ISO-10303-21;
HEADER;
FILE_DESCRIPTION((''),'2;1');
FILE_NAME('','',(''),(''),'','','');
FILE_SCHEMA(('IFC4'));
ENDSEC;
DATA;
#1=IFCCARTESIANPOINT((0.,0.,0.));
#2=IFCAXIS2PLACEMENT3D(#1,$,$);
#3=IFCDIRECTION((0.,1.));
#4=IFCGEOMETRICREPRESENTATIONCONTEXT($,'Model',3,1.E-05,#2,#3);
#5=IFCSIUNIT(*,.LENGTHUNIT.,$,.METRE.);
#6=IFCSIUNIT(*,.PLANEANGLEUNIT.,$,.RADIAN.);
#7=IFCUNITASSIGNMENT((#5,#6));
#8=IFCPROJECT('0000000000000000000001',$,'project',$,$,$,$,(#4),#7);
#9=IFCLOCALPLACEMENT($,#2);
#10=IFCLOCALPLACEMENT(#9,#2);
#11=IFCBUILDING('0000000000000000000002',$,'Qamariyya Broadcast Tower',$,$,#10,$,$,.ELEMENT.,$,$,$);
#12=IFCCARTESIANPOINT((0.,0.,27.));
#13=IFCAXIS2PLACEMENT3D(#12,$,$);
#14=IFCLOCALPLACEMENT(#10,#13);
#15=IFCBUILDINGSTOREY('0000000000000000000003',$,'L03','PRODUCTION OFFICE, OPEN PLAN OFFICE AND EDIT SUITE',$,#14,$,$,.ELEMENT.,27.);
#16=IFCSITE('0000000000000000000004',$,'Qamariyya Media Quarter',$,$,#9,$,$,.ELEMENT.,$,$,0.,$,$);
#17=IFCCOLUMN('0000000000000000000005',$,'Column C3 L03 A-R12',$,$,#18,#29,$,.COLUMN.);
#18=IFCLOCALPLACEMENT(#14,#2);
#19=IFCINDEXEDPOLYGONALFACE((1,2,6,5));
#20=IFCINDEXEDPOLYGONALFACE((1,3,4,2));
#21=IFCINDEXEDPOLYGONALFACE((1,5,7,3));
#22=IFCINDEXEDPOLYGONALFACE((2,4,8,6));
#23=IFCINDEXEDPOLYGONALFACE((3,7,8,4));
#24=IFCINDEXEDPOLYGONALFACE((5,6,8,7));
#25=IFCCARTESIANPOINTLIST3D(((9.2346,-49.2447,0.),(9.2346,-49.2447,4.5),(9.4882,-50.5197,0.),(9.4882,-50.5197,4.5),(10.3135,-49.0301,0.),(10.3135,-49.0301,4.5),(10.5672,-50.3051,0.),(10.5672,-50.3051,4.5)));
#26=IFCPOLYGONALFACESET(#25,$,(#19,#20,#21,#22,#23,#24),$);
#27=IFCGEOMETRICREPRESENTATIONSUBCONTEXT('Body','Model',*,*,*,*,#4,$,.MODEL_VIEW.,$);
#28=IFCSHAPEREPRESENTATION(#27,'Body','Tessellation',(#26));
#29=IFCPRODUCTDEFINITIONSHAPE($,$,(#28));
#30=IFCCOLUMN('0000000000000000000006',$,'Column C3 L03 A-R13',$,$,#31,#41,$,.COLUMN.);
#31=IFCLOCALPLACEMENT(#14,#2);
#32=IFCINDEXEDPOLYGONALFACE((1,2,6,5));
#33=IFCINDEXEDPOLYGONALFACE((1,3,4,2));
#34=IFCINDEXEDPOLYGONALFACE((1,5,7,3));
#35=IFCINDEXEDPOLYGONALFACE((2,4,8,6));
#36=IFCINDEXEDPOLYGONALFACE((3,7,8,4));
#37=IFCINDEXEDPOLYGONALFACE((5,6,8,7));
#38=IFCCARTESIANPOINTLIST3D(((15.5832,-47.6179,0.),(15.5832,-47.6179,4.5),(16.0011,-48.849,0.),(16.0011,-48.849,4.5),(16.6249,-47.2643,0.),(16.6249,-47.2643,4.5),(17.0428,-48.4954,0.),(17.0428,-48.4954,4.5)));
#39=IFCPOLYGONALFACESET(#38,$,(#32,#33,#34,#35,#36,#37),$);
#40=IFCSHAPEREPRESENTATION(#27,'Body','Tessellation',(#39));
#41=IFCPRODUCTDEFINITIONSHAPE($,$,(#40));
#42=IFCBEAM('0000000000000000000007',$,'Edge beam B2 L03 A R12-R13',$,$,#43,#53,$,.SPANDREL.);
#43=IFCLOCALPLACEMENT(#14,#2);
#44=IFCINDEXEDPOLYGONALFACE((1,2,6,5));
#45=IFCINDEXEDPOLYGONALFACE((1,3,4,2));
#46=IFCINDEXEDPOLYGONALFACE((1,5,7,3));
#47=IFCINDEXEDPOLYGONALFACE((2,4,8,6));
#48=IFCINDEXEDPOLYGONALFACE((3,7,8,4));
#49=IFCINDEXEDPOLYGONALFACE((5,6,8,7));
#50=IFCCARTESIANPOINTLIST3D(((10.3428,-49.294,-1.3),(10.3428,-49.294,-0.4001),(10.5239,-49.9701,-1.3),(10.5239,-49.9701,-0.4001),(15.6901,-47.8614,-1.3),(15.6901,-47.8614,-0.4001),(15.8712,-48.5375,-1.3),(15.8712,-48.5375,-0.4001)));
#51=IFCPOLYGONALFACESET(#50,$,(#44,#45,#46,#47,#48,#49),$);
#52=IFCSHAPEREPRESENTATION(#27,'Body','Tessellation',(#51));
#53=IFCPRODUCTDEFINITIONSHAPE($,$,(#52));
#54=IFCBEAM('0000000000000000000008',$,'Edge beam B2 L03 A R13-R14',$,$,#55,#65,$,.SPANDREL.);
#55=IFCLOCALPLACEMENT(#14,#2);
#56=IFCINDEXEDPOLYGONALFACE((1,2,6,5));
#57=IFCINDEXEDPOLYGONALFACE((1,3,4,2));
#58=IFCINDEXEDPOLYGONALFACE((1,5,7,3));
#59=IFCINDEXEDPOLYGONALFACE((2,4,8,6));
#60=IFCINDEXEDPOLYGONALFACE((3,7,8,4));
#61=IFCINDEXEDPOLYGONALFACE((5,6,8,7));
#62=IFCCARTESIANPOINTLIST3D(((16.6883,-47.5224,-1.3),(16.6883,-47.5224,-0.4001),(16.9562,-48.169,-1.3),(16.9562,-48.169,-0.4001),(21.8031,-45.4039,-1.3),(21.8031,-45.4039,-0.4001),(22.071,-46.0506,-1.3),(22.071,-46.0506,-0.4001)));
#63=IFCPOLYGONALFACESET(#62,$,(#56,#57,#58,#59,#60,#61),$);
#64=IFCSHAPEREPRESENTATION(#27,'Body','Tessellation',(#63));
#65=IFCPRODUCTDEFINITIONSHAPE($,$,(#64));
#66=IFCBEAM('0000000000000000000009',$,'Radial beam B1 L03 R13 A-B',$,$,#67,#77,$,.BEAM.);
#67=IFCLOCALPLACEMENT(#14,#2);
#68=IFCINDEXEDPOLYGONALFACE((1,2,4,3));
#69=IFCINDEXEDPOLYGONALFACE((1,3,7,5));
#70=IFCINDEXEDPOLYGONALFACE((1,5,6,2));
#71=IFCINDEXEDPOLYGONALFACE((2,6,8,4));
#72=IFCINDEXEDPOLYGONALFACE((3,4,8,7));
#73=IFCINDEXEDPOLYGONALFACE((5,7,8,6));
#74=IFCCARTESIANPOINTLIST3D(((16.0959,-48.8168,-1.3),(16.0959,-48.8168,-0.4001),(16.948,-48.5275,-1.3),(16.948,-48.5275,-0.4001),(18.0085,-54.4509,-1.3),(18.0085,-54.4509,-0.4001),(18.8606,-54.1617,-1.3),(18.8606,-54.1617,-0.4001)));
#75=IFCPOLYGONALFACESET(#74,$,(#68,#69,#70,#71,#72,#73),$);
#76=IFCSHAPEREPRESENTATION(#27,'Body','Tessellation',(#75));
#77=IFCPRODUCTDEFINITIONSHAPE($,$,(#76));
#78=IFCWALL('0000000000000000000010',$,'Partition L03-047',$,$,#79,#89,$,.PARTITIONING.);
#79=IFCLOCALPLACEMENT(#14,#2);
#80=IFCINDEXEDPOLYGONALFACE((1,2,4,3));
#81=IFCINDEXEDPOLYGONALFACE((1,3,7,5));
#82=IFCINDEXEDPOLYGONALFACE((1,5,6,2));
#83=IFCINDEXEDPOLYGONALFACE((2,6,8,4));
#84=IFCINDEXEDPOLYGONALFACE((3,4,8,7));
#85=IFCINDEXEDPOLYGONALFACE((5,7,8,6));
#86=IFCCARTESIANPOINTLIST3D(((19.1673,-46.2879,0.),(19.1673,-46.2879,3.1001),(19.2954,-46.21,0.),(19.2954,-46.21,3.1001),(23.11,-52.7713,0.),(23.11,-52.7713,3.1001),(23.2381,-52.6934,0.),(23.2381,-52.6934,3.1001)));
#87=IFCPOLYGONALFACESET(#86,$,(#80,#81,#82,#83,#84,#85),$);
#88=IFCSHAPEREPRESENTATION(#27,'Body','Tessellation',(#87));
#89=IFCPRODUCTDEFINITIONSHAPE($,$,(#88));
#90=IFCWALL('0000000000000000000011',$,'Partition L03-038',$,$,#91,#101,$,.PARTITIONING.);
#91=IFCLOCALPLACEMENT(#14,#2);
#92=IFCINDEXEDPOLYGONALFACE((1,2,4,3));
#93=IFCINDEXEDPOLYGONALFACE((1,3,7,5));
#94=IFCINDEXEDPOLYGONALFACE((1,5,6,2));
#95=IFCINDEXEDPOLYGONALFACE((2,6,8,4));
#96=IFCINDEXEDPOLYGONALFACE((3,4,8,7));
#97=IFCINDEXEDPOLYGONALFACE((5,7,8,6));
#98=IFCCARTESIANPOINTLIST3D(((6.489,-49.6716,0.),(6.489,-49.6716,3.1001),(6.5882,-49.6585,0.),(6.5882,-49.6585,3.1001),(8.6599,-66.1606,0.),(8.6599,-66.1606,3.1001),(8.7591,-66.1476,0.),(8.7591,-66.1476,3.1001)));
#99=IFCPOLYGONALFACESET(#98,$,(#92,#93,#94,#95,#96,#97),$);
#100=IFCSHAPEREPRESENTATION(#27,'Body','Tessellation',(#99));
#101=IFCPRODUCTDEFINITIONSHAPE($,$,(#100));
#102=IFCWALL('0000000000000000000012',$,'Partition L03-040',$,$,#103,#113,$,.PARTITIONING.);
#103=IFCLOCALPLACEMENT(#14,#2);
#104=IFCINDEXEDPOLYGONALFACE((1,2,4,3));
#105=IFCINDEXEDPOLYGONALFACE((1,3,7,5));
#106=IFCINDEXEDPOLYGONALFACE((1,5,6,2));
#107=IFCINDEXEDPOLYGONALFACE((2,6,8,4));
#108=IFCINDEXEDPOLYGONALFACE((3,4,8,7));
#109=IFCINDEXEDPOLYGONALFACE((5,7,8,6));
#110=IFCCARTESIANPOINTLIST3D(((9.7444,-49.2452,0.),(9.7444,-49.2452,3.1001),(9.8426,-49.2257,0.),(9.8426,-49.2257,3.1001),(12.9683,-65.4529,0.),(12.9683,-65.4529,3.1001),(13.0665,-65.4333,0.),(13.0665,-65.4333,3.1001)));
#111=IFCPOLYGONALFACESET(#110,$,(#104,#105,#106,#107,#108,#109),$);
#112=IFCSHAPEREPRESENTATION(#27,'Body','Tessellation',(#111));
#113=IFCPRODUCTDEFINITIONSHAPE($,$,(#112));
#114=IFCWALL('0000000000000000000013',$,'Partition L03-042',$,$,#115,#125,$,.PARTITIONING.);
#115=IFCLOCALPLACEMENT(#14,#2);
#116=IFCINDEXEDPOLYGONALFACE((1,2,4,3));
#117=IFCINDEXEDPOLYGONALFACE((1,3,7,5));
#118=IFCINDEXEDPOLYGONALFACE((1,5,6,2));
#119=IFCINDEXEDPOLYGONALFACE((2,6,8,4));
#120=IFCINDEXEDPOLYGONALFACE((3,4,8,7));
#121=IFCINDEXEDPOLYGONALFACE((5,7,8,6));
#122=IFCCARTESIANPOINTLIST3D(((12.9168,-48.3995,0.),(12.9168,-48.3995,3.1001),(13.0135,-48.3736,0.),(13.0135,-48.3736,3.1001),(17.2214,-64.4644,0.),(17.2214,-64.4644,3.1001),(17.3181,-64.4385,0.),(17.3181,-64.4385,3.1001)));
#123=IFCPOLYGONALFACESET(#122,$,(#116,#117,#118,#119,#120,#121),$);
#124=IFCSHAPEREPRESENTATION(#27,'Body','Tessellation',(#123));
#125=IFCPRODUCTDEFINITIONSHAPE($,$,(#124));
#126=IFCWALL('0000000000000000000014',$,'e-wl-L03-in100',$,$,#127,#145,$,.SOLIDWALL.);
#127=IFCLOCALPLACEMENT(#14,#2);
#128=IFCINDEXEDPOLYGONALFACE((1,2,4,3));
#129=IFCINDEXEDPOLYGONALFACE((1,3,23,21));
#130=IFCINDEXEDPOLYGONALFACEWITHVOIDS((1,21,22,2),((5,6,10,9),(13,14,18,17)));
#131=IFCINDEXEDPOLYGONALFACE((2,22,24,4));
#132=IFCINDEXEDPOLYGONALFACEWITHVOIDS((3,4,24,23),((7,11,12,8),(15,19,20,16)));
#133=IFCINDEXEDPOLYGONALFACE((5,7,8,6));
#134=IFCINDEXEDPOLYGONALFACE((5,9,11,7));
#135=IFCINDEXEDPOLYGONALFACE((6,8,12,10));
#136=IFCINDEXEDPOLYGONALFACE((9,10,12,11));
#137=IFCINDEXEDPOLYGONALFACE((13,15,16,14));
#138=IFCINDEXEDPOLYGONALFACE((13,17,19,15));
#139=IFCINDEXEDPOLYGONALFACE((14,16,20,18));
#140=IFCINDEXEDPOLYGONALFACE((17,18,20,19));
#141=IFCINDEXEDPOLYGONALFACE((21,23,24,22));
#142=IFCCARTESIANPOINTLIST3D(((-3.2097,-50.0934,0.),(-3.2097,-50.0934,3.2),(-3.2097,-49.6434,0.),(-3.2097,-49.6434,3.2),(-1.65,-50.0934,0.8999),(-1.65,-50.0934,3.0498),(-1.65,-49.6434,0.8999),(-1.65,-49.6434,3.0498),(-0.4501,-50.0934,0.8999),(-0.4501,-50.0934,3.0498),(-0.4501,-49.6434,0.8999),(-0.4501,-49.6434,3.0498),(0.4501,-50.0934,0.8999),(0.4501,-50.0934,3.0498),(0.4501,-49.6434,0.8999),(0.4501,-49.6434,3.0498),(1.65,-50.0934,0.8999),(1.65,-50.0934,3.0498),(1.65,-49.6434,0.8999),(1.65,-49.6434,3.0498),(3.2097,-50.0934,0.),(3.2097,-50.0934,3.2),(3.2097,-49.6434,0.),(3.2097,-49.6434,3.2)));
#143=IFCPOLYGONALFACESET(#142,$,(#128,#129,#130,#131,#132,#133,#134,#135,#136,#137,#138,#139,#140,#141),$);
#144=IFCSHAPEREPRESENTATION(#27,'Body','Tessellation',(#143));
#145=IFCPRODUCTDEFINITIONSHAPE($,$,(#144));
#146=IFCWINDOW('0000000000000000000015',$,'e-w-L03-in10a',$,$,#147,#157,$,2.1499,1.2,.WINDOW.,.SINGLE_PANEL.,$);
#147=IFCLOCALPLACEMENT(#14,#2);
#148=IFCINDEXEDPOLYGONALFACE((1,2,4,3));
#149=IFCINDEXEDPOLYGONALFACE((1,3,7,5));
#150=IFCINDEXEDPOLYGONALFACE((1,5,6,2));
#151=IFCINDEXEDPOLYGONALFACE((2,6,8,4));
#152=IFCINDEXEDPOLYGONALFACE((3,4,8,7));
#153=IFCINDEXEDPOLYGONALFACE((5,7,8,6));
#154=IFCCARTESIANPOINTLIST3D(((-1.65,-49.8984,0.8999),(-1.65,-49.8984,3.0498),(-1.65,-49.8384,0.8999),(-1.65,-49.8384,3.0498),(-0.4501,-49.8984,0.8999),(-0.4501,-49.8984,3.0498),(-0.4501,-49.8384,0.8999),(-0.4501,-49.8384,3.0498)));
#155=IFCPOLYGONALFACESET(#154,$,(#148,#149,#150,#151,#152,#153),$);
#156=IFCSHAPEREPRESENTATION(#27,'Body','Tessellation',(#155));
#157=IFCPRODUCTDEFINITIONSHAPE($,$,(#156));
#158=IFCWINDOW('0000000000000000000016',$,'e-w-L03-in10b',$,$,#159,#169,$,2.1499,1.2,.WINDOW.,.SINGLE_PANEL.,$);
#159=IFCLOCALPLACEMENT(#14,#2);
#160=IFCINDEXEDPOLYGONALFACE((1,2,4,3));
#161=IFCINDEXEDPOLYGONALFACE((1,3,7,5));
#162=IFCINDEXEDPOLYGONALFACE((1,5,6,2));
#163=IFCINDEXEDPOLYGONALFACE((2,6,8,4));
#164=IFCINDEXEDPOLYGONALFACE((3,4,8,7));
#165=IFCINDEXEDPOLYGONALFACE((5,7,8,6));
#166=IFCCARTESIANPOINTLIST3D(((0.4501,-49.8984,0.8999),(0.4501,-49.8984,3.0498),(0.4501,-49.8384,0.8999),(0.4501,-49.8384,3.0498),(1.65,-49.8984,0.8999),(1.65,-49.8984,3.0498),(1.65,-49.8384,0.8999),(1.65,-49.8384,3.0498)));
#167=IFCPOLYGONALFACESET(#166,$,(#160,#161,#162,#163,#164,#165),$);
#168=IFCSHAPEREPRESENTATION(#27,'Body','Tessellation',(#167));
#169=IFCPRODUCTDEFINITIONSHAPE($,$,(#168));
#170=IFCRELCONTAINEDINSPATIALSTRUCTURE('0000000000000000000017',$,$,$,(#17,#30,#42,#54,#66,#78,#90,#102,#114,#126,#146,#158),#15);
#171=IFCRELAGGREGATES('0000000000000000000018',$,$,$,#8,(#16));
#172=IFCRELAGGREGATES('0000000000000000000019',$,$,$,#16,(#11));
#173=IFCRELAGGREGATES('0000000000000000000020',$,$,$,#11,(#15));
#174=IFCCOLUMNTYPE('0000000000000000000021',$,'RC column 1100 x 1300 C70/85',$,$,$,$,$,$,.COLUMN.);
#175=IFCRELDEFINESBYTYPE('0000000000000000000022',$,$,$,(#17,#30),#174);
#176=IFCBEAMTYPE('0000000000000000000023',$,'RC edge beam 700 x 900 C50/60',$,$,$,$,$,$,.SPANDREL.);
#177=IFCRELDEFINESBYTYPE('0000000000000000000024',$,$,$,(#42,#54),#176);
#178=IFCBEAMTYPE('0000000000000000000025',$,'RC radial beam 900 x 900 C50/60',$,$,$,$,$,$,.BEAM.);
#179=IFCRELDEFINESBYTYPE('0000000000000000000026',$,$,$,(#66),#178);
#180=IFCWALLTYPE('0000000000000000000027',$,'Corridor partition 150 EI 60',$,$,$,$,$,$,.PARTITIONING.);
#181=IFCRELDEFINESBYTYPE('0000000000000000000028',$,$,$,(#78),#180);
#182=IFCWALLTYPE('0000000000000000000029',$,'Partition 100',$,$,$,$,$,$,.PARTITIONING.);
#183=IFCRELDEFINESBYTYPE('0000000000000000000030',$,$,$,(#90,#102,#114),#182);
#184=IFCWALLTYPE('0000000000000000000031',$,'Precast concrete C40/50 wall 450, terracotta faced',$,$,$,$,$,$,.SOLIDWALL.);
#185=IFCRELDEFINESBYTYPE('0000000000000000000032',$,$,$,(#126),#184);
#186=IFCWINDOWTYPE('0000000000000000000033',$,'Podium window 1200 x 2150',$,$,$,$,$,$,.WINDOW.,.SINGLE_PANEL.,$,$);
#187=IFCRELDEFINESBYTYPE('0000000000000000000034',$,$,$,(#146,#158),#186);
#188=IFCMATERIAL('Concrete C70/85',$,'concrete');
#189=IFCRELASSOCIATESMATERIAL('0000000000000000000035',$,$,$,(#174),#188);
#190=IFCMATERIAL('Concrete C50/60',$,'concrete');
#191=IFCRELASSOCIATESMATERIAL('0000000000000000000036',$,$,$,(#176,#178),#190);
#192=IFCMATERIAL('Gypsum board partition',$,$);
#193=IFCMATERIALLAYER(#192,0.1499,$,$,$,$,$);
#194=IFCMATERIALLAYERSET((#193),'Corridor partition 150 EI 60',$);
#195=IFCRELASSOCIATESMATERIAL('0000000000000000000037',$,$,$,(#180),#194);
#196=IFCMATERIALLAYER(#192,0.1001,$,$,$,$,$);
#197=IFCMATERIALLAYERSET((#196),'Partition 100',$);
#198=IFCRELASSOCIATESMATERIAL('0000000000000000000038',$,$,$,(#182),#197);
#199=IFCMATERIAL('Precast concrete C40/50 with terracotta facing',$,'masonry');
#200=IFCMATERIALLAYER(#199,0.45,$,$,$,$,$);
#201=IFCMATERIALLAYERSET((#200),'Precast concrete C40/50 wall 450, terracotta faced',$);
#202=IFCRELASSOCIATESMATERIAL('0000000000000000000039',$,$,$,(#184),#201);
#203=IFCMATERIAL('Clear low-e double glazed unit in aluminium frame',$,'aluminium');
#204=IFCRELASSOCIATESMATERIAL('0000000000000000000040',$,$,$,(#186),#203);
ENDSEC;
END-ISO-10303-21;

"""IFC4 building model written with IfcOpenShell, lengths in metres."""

from ifc_helpers import new_model, si_unit, direction, frame, frame_2d, origin, origin_2d, place, context, subcontext, project, spatial, rectangle, extrude, material, layer, layer_set, material_profile, profile_set, type_object, element, fill, save


model = new_model("IFC4")

# Units and contexts
model_context = context("Model", 3, precision=1e-05, world=origin(), true_north=direction((0.0, 1.0)))
body_context = subcontext(model_context, "Body", "Model", "MODEL_VIEW")
ifc_project = project(units=[si_unit("LENGTHUNIT", "METRE"), si_unit("PLANEANGLEUNIT", "RADIAN")], contexts=[model_context])

# Site, building, storey
site_placement = place(None, origin())
site = spatial("IfcSite", under=ifc_project, at=site_placement, Name="Qamariyya Media Quarter", CompositionType="ELEMENT", RefElevation=0.0)
building_placement = place(site_placement, origin())
building = spatial("IfcBuilding", under=site, at=building_placement, Name="Qamariyya Broadcast Tower", CompositionType="ELEMENT")
storey_placement = place(building_placement, frame((0.0, 0.0, 27.0)))
storey = spatial("IfcBuildingStorey", under=building, at=storey_placement, Name="L03", Description="PRODUCTION OFFICE, OPEN PLAN OFFICE AND EDIT SUITE", CompositionType="ELEMENT", Elevation=27.0)

# Columns
ifc_material_1 = material(Name="Concrete C70/85", Category="concrete")
ifc_material_profile_1 = material_profile(ifc_material_1, rectangle(XDim=1.1001, YDim=1.3, at=origin_2d()))
ifc_profile_set_1 = profile_set([ifc_material_profile_1], Name="Concrete C70/85")
column_type = type_object("IfcColumnType", Name="RC column 1100 x 1300 C70/85", PredefinedType="COLUMN", material=ifc_profile_set_1)
for number, where, z_axis, x_axis, name in (
    (1, (9.9009, -49.7749, 0.0), (0.0, 0.0, 1.0), (0.980785, 0.19509, 0.0), "Column C3 L03 A-R12"),
    (2, (16.313, -48.0566, 0.0), (0.0, 0.0, 1.0), (0.94693, 0.321439, 0.0), "Column C3 L03 A-R13"),
):
    element("IfcColumn", number, at=place(storey_placement, frame(where, z_axis=z_axis, x_axis=x_axis)), inside=storey, type_object=column_type, Name=name, PredefinedType="COLUMN", context=body_context, shape_type="SweptSolid", body=[
        extrude(rectangle(XDim=1.1001, YDim=1.3, at=origin_2d()), origin(), (0.0, 0.0, 1.0), 4.5),
    ])

# Beams
ifc_material_2 = material(Name="Concrete C50/60", Category="concrete")
ifc_material_profile_2 = material_profile(ifc_material_2, rectangle(XDim=0.7, YDim=0.8999, at=origin_2d()))
ifc_profile_set_2 = profile_set([ifc_material_profile_2], Name="Concrete C50/60")
beam_type_1 = type_object("IfcBeamType", Name="RC edge beam 700 x 900 C50/60", PredefinedType="SPANDREL", material=ifc_profile_set_2)
beam_1_placement = place(storey_placement, frame((10.4333, -49.6321, -0.8501), z_axis=(0.965936, 0.258782, 0.0), x_axis=(-0.258782, 0.965936, 0.0)))
element("IfcBeam", 3, at=beam_1_placement, inside=storey, type_object=beam_type_1, Name="Edge beam B2 L03 A R12-R13", PredefinedType="SPANDREL", context=body_context, shape_type="SweptSolid", body=[
    extrude(rectangle(XDim=0.7, YDim=0.8999, at=origin_2d()), origin(), (0.0, 0.0, 1.0), 5.5359),
])
beam_2_placement = place(storey_placement, frame((16.8223, -47.8457, -0.8501), z_axis=(0.923892, 0.382654, 0.0), x_axis=(-0.382654, 0.923892, 0.0)))
element("IfcBeam", 4, at=beam_2_placement, inside=storey, type_object=beam_type_1, Name="Edge beam B2 L03 A R13-R14", PredefinedType="SPANDREL", context=body_context, shape_type="SweptSolid", body=[
    extrude(rectangle(XDim=0.7, YDim=0.8999, at=origin_2d()), origin(), (0.0, 0.0, 1.0), 5.5361),
])
ifc_material_profile_3 = material_profile(ifc_material_2, rectangle(XDim=0.8999, YDim=0.8999, at=origin_2d()))
ifc_profile_set_3 = profile_set([ifc_material_profile_3], Name="Concrete C50/60")
beam_type_2 = type_object("IfcBeamType", Name="RC radial beam 900 x 900 C50/60", PredefinedType="BEAM", material=ifc_profile_set_3)
beam_3_placement = place(storey_placement, frame((16.522, -48.6721, -0.8501), z_axis=(0.321442, -0.946929, 0.0), x_axis=(0.946929, 0.321442, 0.0)))
element("IfcBeam", 5, at=beam_3_placement, inside=storey, type_object=beam_type_2, Name="Radial beam B1 L03 R13 A-B", PredefinedType="BEAM", context=body_context, shape_type="SweptSolid", body=[
    extrude(rectangle(XDim=0.8999, YDim=0.8999, at=origin_2d()), origin(), (0.0, 0.0, 1.0), 5.95),
])

# Walls
ifc_material_3 = material(Name="Gypsum board partition")
ifc_layer_1 = layer(ifc_material_3, 0.1499)
ifc_layer_set_1 = layer_set([ifc_layer_1], Name="Corridor partition 150 EI 60")
wall_type_1 = type_object("IfcWallType", Name="Corridor partition 150 EI 60", PredefinedType="PARTITIONING", material=ifc_layer_set_1)
wall_1_placement = place(storey_placement, frame((19.2314, -46.249, 0.0), z_axis=(0.0, 0.0, 1.0), x_axis=(0.519583, -0.85442, 0.0)))
element("IfcWall", 6, at=wall_1_placement, inside=storey, type_object=wall_type_1, Name="Partition L03-047", PredefinedType="PARTITIONING", context=body_context, shape_type="SweptSolid", body=[
    extrude(rectangle(XDim=7.5881, YDim=0.1499, at=frame_2d((3.7939, 0.0))), origin(), (0.0, 0.0, 1.0), 3.1001),
])
ifc_layer_2 = layer(ifc_material_3, 0.1001)
ifc_layer_set_2 = layer_set([ifc_layer_2], Name="Partition 100")
wall_type_2 = type_object("IfcWallType", Name="Partition 100", PredefinedType="PARTITIONING", material=ifc_layer_set_2)
wall_2_placement = place(storey_placement, frame((6.5386, -49.665, 0.0), z_axis=(0.0, 0.0, 1.0), x_axis=(0.130531, -0.991444, 0.0)))
element("IfcWall", 7, at=wall_2_placement, inside=storey, type_object=wall_type_2, Name="Partition L03-038", PredefinedType="PARTITIONING", context=body_context, shape_type="SweptSolid", body=[
    extrude(rectangle(XDim=16.6313, YDim=0.1001, at=frame_2d((8.3157, 0.0))), origin(), (0.0, 0.0, 1.0), 3.1001),
])
wall_3_placement = place(storey_placement, frame((9.7935, -49.2354, 0.0), z_axis=(0.0, 0.0, 1.0), x_axis=(0.19509, -0.980785, 0.0)))
element("IfcWall", 8, at=wall_3_placement, inside=storey, type_object=wall_type_2, Name="Partition L03-040", PredefinedType="PARTITIONING", context=body_context, shape_type="SweptSolid", body=[
    extrude(rectangle(XDim=16.5251, YDim=0.1001, at=frame_2d((8.2627, 0.0))), origin(), (0.0, 0.0, 1.0), 3.1001),
])
wall_4_placement = place(storey_placement, frame((12.9651, -48.3865, 0.0), z_axis=(0.0, 0.0, 1.0), x_axis=(0.258825, -0.965924, 0.0)))
element("IfcWall", 9, at=wall_4_placement, inside=storey, type_object=wall_type_2, Name="Partition L03-042", PredefinedType="PARTITIONING", context=body_context, shape_type="SweptSolid", body=[
    extrude(rectangle(XDim=16.6316, YDim=0.1001, at=frame_2d((8.3159, 0.0))), origin(), (0.0, 0.0, 1.0), 3.1001),
])

# Wall, openings, windows
ifc_material_4 = material(Name="Precast concrete C40/50 with terracotta facing", Category="masonry")
ifc_layer_3 = layer(ifc_material_4, 0.45)
ifc_layer_set_3 = layer_set([ifc_layer_3], Name="Precast concrete C40/50 wall 450, terracotta faced")
wall_type_3 = type_object("IfcWallType", Name="Precast concrete C40/50 wall 450, terracotta faced", PredefinedType="SOLIDWALL", material=ifc_layer_set_3)
wall_5_placement = place(storey_placement, frame((3.2097, -49.8684, 0.0), z_axis=(0.0, 0.0, 1.0), x_axis=(-1.0, 0.0, 0.0)))
wall_5 = element("IfcWall", 10, at=wall_5_placement, inside=storey, type_object=wall_type_3, Name="e-wl-L03-in100", PredefinedType="SOLIDWALL", context=body_context, shape_type="SweptSolid", body=[
    extrude(rectangle(XDim=6.4194, YDim=0.45, at=frame_2d((3.2097, 0.0))), origin(), (0.0, 0.0, 1.0), 3.2),
])
opening_1_placement = place(wall_5_placement, frame((3.6597, 0.0, 0.8999)))
opening_1 = element("IfcOpeningElement", 11, at=opening_1_placement, cuts=wall_5, PredefinedType="OPENING", context=body_context, shape_type="SweptSolid", body=[
    extrude(rectangle(XDim=1.2, YDim=2.1499, at=frame_2d((0.6001, 1.075))), frame((0.0, 0.2349, 0.0), z_axis=(0.0, -1.0, 0.0), x_axis=(1.0, 0.0, 0.0)), (0.0, 0.0, 1.0), 0.47),
])
opening_2_placement = place(wall_5_placement, frame((1.5596, 0.0, 0.8999)))
opening_2 = element("IfcOpeningElement", 12, at=opening_2_placement, cuts=wall_5, PredefinedType="OPENING", context=body_context, shape_type="SweptSolid", body=[
    extrude(rectangle(XDim=1.2, YDim=2.1499, at=frame_2d((0.6001, 1.075))), frame((0.0, 0.2349, 0.0), z_axis=(0.0, -1.0, 0.0), x_axis=(1.0, 0.0, 0.0)), (0.0, 0.0, 1.0), 0.47),
])
ifc_material_5 = material(Name="Clear low-e double glazed unit in aluminium frame", Category="aluminium")
window_type = type_object("IfcWindowType", Name="Podium window 1200 x 2150", PartitioningType="SINGLE_PANEL", PredefinedType="WINDOW", material=ifc_material_5)
window_1_placement = place(opening_1_placement, origin())
window_1 = element("IfcWindow", 13, at=window_1_placement, inside=storey, type_object=window_type, Name="e-w-L03-in10a", OverallHeight=2.1499, OverallWidth=1.2, PartitioningType="SINGLE_PANEL", PredefinedType="WINDOW", context=body_context, shape_type="SweptSolid", body=[
    extrude(rectangle(XDim=1.2, YDim=2.1499, at=frame_2d((0.6001, 1.075))), frame((0.0, 0.03, 0.0), z_axis=(0.0, -1.0, 0.0), x_axis=(1.0, 0.0, 0.0)), (0.0, 0.0, 1.0), 0.0601),
])
fill(opening_1, window_1)
window_2_placement = place(opening_2_placement, origin())
window_2 = element("IfcWindow", 14, at=window_2_placement, inside=storey, type_object=window_type, Name="e-w-L03-in10b", OverallHeight=2.1499, OverallWidth=1.2, PartitioningType="SINGLE_PANEL", PredefinedType="WINDOW", context=body_context, shape_type="SweptSolid", body=[
    extrude(rectangle(XDim=1.2, YDim=2.1499, at=frame_2d((0.6001, 1.075))), frame((0.0, 0.03, 0.0), z_axis=(0.0, -1.0, 0.0), x_axis=(1.0, 0.0, 0.0)), (0.0, 0.0, 1.0), 0.0601),
])
fill(opening_2, window_2)

save(model, "model.ifc")
